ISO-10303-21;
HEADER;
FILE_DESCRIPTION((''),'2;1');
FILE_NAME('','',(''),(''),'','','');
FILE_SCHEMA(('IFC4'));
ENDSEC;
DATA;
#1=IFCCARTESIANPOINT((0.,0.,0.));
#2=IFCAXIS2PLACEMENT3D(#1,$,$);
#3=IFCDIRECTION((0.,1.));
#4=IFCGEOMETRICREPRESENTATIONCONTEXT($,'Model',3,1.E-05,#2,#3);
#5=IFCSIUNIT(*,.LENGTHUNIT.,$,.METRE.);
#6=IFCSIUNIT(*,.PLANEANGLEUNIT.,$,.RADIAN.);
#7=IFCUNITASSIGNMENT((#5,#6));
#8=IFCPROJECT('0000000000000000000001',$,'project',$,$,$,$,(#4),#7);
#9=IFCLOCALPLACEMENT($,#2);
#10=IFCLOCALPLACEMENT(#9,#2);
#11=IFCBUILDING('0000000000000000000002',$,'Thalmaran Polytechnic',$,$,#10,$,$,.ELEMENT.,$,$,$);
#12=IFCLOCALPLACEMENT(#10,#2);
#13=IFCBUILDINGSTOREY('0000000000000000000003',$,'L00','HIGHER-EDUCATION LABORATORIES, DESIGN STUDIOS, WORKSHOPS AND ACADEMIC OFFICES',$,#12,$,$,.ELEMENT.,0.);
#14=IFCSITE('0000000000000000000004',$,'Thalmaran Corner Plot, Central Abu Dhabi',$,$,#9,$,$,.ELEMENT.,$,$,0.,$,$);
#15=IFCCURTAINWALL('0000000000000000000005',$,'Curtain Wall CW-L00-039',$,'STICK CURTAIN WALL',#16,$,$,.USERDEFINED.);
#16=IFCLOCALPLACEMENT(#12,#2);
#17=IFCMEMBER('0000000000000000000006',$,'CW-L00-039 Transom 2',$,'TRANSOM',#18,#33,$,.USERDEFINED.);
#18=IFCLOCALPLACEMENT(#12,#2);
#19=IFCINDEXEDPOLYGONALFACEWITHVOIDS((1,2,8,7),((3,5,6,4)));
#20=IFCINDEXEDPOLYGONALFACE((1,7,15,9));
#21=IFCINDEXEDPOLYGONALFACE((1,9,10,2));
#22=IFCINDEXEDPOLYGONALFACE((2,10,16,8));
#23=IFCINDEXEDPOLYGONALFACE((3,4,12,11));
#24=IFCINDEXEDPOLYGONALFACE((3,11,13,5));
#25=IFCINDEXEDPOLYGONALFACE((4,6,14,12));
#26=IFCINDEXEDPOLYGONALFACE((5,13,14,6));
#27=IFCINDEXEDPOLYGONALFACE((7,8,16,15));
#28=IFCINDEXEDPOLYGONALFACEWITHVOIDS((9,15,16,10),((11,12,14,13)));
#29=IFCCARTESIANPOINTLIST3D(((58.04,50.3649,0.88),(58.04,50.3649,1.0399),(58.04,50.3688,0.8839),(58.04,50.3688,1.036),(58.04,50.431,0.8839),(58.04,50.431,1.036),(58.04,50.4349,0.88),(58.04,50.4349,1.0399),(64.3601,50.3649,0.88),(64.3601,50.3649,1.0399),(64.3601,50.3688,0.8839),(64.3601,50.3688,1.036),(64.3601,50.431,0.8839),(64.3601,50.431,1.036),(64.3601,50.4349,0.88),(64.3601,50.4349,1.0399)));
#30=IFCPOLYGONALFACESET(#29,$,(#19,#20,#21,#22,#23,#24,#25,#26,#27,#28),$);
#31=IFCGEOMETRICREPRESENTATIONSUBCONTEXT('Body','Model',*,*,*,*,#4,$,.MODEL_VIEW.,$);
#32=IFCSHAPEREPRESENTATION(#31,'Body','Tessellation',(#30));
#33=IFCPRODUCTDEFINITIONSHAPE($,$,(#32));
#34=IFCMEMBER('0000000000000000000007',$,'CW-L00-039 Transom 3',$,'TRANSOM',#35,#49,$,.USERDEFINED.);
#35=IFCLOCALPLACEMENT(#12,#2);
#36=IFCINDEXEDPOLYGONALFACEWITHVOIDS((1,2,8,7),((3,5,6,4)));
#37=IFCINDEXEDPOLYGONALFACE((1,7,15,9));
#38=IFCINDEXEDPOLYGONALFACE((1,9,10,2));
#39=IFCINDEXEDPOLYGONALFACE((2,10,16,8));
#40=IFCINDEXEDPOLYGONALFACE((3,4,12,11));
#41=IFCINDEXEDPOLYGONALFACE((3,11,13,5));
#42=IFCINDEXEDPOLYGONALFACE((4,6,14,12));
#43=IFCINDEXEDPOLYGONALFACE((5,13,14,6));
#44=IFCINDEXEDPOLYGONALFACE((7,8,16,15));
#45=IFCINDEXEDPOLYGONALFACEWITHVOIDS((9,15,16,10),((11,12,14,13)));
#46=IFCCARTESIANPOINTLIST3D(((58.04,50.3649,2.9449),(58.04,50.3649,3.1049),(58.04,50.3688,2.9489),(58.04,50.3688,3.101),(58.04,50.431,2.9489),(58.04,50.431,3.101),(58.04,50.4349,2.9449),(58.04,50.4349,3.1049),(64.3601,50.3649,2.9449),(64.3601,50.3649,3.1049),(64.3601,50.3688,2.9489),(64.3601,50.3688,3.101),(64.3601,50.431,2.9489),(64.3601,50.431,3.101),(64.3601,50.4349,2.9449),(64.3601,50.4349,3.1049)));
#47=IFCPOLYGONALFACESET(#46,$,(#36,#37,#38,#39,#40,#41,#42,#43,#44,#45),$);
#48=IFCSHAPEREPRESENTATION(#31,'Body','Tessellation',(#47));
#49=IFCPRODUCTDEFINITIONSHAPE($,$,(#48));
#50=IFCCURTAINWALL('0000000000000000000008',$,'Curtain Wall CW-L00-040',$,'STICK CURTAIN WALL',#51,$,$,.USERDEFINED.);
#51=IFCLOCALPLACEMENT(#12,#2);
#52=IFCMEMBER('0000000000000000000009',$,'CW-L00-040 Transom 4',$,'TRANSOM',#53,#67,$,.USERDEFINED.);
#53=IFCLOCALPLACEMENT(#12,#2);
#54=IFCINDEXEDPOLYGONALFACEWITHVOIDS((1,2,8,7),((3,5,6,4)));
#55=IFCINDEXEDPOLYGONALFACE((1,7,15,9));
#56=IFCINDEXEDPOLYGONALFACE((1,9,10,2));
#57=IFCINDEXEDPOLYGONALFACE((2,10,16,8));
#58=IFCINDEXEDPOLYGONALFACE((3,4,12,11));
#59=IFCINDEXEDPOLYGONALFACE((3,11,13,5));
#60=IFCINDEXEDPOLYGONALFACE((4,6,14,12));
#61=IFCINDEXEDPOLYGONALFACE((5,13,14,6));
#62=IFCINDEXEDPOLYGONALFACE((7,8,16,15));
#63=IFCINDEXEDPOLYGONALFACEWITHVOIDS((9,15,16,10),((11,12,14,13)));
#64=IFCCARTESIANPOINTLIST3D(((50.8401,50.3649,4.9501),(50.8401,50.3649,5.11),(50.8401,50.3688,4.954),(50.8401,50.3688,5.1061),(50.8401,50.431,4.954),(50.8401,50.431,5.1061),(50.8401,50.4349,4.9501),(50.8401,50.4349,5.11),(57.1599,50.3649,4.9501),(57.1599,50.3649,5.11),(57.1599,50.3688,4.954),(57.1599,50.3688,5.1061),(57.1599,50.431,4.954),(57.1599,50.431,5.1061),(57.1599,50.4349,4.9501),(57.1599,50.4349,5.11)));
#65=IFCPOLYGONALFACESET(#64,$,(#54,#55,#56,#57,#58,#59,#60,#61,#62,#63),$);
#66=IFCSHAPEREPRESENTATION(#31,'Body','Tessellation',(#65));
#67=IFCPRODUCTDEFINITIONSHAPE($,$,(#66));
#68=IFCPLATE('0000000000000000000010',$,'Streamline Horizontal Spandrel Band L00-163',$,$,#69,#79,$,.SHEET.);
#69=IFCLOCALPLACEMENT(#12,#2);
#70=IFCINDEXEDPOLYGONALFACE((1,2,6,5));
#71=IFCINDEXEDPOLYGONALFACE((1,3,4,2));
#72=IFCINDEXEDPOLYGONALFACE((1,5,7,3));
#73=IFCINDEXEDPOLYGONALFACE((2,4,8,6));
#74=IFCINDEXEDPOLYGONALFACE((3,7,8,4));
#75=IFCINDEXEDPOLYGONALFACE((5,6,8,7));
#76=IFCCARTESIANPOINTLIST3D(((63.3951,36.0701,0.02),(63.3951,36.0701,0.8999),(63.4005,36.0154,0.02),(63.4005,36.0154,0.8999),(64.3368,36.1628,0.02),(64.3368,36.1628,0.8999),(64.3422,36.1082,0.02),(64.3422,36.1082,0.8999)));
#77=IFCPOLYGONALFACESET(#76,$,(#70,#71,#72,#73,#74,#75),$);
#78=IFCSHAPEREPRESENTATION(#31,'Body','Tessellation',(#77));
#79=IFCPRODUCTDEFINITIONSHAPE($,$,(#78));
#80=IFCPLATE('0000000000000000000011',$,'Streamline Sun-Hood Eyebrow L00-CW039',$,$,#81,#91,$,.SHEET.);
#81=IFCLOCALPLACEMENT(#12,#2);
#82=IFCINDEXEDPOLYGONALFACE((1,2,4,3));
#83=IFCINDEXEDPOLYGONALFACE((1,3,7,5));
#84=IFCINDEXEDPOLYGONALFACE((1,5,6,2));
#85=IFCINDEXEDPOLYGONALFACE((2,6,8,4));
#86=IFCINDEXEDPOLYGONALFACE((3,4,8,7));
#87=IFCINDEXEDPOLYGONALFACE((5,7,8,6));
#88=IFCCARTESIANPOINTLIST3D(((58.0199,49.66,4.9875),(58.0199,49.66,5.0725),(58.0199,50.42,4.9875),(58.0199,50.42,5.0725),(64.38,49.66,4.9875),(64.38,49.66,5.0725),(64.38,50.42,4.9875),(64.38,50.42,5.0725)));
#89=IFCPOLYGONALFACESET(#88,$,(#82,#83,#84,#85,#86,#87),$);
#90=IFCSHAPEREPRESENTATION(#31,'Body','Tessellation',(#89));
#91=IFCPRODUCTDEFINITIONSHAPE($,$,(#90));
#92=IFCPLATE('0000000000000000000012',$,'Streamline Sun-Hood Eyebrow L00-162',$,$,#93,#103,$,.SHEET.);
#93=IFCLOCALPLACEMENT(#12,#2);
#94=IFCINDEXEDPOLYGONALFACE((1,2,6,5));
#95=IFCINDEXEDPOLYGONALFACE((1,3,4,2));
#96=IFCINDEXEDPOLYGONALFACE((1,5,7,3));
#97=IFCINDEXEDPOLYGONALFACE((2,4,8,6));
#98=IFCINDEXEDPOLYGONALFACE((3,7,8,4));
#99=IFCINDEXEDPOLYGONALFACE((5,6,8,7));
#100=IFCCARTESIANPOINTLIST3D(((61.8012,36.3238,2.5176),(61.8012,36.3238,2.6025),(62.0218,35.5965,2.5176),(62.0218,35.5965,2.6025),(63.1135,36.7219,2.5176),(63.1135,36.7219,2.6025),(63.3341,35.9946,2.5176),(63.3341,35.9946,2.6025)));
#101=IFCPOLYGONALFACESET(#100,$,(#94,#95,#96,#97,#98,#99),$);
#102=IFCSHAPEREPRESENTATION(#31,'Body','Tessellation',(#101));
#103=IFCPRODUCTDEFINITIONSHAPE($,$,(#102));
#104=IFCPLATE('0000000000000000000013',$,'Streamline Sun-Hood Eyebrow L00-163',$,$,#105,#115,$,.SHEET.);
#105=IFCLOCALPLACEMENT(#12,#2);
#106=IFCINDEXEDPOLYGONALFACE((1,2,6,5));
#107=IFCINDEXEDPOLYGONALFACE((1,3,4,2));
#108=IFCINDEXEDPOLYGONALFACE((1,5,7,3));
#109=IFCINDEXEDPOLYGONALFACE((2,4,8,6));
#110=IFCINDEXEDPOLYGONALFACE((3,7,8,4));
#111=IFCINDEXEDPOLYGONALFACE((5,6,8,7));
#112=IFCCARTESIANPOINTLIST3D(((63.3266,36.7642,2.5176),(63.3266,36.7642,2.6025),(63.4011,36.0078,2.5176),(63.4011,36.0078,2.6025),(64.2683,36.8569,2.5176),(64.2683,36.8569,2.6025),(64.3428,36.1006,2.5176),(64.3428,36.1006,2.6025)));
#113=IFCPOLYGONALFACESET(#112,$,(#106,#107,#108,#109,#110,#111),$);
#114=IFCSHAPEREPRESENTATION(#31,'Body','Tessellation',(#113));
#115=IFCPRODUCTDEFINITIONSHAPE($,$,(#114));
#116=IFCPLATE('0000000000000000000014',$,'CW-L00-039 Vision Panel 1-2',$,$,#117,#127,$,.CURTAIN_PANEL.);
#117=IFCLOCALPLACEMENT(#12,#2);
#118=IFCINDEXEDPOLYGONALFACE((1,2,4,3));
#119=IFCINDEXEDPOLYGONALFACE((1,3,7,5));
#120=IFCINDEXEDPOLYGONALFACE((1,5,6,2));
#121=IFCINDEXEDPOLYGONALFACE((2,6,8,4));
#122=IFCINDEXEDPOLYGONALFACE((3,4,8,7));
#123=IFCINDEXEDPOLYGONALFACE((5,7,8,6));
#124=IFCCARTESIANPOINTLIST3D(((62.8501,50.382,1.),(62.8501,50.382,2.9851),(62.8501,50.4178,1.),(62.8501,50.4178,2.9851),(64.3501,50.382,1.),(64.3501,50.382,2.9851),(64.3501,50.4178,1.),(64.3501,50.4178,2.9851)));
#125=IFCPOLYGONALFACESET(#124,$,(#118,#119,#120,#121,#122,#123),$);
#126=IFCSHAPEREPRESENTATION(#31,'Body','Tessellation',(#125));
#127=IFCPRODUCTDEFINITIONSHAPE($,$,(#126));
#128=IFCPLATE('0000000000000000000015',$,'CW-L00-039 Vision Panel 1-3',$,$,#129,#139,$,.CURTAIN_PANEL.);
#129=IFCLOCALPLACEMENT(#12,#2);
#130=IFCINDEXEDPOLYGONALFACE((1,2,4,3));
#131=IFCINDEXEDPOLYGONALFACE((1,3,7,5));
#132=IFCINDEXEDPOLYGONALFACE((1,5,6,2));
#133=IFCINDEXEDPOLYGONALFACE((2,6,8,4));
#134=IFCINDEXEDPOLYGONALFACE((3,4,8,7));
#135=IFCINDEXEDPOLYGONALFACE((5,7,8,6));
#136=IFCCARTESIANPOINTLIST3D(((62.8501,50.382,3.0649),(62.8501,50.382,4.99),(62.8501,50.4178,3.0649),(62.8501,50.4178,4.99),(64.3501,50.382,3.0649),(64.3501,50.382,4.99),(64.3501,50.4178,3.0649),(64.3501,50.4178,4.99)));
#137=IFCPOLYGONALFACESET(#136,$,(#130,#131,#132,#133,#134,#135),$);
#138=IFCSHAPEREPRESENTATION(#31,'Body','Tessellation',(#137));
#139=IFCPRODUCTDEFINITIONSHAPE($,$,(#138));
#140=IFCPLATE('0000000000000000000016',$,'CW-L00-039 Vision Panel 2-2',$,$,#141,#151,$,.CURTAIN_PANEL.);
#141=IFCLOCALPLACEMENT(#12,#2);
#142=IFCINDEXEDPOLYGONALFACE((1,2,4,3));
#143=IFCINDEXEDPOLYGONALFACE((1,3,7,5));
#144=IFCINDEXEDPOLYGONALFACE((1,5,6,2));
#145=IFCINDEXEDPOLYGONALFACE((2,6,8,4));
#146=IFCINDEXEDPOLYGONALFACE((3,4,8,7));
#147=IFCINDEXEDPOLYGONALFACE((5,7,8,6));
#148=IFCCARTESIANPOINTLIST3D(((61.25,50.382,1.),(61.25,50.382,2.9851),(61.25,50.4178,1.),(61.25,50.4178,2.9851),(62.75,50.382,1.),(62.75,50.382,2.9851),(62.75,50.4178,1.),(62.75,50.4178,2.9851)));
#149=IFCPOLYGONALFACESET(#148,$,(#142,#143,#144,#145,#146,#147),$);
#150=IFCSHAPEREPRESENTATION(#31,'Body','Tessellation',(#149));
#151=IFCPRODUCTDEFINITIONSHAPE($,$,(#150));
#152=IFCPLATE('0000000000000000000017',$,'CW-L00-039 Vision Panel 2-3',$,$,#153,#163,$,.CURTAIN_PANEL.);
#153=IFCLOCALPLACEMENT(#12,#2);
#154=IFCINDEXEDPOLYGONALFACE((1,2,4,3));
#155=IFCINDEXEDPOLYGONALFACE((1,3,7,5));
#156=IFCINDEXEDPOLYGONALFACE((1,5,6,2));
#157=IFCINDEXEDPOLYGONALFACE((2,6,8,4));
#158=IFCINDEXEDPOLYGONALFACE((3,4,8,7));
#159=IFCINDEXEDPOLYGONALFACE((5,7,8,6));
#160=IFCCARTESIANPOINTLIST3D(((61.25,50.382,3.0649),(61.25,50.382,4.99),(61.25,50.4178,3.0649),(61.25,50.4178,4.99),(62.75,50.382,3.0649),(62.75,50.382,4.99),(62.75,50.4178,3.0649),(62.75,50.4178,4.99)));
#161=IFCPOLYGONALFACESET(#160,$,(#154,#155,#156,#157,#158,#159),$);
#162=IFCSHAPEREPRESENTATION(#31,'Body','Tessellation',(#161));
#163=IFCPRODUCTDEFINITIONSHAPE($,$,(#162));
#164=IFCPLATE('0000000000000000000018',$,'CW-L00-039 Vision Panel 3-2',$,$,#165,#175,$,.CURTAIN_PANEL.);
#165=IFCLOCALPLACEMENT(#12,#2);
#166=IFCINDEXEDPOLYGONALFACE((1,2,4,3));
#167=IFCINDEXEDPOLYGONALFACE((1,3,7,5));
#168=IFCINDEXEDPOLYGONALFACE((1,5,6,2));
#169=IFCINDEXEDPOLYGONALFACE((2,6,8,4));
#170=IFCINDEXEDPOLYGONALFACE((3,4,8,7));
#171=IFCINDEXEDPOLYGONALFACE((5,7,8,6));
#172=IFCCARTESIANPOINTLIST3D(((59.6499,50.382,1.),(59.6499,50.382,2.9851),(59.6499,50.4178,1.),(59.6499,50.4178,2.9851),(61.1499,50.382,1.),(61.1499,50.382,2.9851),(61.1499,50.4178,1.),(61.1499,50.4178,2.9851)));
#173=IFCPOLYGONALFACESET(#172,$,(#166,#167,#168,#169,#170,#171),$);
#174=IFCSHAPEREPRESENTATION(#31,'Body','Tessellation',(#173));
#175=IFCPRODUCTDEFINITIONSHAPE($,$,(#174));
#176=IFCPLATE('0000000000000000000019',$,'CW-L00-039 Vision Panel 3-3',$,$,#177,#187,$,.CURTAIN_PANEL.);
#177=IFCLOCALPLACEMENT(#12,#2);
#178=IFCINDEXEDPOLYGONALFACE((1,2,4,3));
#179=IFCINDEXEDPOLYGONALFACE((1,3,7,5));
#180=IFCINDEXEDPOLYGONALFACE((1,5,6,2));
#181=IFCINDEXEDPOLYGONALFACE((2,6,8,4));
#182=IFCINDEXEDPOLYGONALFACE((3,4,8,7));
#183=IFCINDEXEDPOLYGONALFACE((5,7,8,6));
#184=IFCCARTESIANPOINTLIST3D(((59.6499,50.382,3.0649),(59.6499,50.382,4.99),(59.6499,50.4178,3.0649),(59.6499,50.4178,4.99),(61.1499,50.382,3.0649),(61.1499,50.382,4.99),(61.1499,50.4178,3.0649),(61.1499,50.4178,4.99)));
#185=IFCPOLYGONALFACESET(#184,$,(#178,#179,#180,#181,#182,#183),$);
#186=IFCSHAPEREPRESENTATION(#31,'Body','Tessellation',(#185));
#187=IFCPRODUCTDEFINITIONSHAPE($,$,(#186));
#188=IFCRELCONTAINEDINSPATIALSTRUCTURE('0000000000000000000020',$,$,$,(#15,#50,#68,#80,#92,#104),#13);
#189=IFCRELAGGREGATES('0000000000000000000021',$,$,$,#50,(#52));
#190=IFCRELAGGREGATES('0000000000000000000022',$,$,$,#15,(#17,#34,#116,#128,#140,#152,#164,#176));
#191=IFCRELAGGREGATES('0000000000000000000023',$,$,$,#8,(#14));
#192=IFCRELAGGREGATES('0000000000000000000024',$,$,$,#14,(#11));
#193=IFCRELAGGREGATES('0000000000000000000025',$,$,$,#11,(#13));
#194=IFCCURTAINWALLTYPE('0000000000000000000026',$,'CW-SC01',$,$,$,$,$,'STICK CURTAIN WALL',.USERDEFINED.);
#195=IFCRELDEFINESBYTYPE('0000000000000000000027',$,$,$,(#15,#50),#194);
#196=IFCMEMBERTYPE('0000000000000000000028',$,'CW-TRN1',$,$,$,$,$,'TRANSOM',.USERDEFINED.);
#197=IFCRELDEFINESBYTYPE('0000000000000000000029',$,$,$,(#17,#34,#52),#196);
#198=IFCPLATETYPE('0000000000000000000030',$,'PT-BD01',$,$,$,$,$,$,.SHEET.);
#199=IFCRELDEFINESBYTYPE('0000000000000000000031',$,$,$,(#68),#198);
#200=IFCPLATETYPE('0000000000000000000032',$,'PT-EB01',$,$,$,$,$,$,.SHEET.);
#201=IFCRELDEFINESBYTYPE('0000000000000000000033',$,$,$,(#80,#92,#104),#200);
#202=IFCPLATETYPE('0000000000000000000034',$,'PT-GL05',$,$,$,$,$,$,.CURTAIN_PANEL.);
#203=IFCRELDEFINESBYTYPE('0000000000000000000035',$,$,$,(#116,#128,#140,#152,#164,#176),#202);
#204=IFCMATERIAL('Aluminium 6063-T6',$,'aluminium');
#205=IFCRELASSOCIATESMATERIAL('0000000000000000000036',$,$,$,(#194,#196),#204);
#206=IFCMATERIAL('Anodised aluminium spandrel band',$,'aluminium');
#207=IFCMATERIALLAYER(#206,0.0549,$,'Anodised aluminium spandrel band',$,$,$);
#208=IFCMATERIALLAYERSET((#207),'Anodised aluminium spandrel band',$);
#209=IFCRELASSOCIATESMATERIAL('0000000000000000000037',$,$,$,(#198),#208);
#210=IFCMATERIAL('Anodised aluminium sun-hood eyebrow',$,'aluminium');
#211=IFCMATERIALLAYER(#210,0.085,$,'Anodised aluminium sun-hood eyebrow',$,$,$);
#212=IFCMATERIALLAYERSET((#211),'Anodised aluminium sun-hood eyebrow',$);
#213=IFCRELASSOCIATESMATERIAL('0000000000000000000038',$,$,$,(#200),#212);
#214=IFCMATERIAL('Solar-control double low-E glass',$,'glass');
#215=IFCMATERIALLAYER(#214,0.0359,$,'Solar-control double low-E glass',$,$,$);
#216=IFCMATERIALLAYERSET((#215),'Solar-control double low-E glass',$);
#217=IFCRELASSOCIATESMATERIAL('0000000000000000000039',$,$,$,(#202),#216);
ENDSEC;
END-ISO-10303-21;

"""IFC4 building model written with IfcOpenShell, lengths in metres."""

from ifc_helpers import new_model, si_unit, direction, frame, origin, origin_2d, place, context, subcontext, project, spatial, rectangle, hollow_rectangle, extrude, material, layer, layer_set, material_profile, profile_set, type_object, element, aggregate, save


model = new_model("IFC4")

# Units and contexts
model_context = context("Model", 3, precision=1e-05, world=origin(), true_north=direction((0.0, 1.0)))
body_context = subcontext(model_context, "Body", "Model", "MODEL_VIEW")
ifc_project = project(units=[si_unit("LENGTHUNIT", "METRE"), si_unit("PLANEANGLEUNIT", "RADIAN")], contexts=[model_context])

# Site, building, storey
site_placement = place(None, origin())
site = spatial("IfcSite", under=ifc_project, at=site_placement, Name="Thalmaran Corner Plot, Central Abu Dhabi", CompositionType="ELEMENT", RefElevation=0.0)
building_placement = place(site_placement, origin())
building = spatial("IfcBuilding", under=site, at=building_placement, Name="Thalmaran Polytechnic", CompositionType="ELEMENT")
storey_placement = place(building_placement, origin())
storey = spatial("IfcBuildingStorey", under=building, at=storey_placement, Name="L00", Description="HIGHER-EDUCATION LABORATORIES, DESIGN STUDIOS, WORKSHOPS AND ACADEMIC OFFICES", CompositionType="ELEMENT", Elevation=0.0)

# Curtain wall, members
ifc_material_1 = material(Name="Aluminium 6063-T6", Category="aluminium")
curtain_wall_type = type_object("IfcCurtainWallType", Name="CW-SC01", ElementType="STICK CURTAIN WALL", PredefinedType="USERDEFINED", material=ifc_material_1)
curtain_wall_1_placement = place(storey_placement, origin())
curtain_wall_1 = element("IfcCurtainWall", 1, at=curtain_wall_1_placement, inside=storey, type_object=curtain_wall_type, Name="Curtain Wall CW-L00-039", ObjectType="STICK CURTAIN WALL", PredefinedType="USERDEFINED")
ifc_material_profile_1 = material_profile(ifc_material_1, hollow_rectangle(XDim=0.0701, YDim=0.1599, WallThickness=0.0039, at=origin_2d()), Name="AL 160x70x4.0")
ifc_profile_set_1 = profile_set([ifc_material_profile_1], Name="Aluminium 6063-T6")
member_type_1 = type_object("IfcMemberType", Name="CW-TRN1", ElementType="TRANSOM", PredefinedType="USERDEFINED", material=ifc_profile_set_1)
member_1_placement = place(storey_placement, frame((64.3601, 50.3999, 0.96), z_axis=(-1.0, 0.0, 0.0), x_axis=(0.0, -1.0, 0.0)))
member_1 = element("IfcMember", 2, at=member_1_placement, type_object=member_type_1, Name="CW-L00-039 Transom 2", ObjectType="TRANSOM", PredefinedType="USERDEFINED", context=body_context, shape_type="SweptSolid", body=[
    extrude(hollow_rectangle(XDim=0.0701, YDim=0.1599, WallThickness=0.0039, at=origin_2d()), origin(), (0.0, 0.0, 1.0), 6.3201),
])
member_2_placement = place(storey_placement, frame((64.3601, 50.3999, 3.0249), z_axis=(-1.0, 0.0, 0.0), x_axis=(0.0, -1.0, 0.0)))
member_2 = element("IfcMember", 3, at=member_2_placement, type_object=member_type_1, Name="CW-L00-039 Transom 3", ObjectType="TRANSOM", PredefinedType="USERDEFINED", context=body_context, shape_type="SweptSolid", body=[
    extrude(hollow_rectangle(XDim=0.0701, YDim=0.1599, WallThickness=0.0039, at=origin_2d()), origin(), (0.0, 0.0, 1.0), 6.3201),
])

# Curtain wall, member
curtain_wall_2_placement = place(storey_placement, origin())
curtain_wall_2 = element("IfcCurtainWall", 4, at=curtain_wall_2_placement, inside=storey, type_object=curtain_wall_type, Name="Curtain Wall CW-L00-040", ObjectType="STICK CURTAIN WALL", PredefinedType="USERDEFINED")
member_3_placement = place(storey_placement, frame((57.1599, 50.3999, 5.03), z_axis=(-1.0, 0.0, 0.0), x_axis=(0.0, -1.0, 0.0)))
member_3 = element("IfcMember", 5, at=member_3_placement, type_object=member_type_1, Name="CW-L00-040 Transom 4", ObjectType="TRANSOM", PredefinedType="USERDEFINED", context=body_context, shape_type="SweptSolid", body=[
    extrude(hollow_rectangle(XDim=0.0701, YDim=0.1599, WallThickness=0.0039, at=origin_2d()), origin(), (0.0, 0.0, 1.0), 6.3198),
])
aggregate(curtain_wall_2, [member_3])

# Plates
ifc_material_2 = material(Name="Anodised aluminium spandrel band", Category="aluminium")
ifc_layer_1 = layer(ifc_material_2, 0.0549, Name="Anodised aluminium spandrel band")
ifc_layer_set_1 = layer_set([ifc_layer_1], Name="Anodised aluminium spandrel band")
plate_type_1 = type_object("IfcPlateType", Name="PT-BD01", PredefinedType="SHEET", material=ifc_layer_set_1)
plate_1_placement = place(storey_placement, frame((63.8687, 36.0891, 0.02), z_axis=(0.0, 0.0, 1.0), x_axis=(0.995185, 0.098017, 0.0)))
element("IfcPlate", 6, at=plate_1_placement, inside=storey, type_object=plate_type_1, Name="Streamline Horizontal Spandrel Band L00-163", PredefinedType="SHEET", context=body_context, shape_type="SweptSolid", body=[
    extrude(rectangle(XDim=0.9463, YDim=0.0549, at=origin_2d()), origin(), (0.0, 0.0, 1.0), 0.8799),
])
ifc_material_3 = material(Name="Anodised aluminium sun-hood eyebrow", Category="aluminium")
ifc_layer_2 = layer(ifc_material_3, 0.085, Name="Anodised aluminium sun-hood eyebrow")
ifc_layer_set_2 = layer_set([ifc_layer_2], Name="Anodised aluminium sun-hood eyebrow")
plate_type_2 = type_object("IfcPlateType", Name="PT-EB01", PredefinedType="SHEET", material=ifc_layer_set_2)
plate_2_placement = place(storey_placement, frame((61.2, 50.04, 4.9875), z_axis=(0.0, 0.0, 1.0), x_axis=(-1.0, 0.0, 0.0)))
element("IfcPlate", 7, at=plate_2_placement, inside=storey, type_object=plate_type_2, Name="Streamline Sun-Hood Eyebrow L00-CW039", PredefinedType="SHEET", context=body_context, shape_type="SweptSolid", body=[
    extrude(rectangle(XDim=6.3601, YDim=0.76, at=origin_2d()), origin(), (0.0, 0.0, 1.0), 0.085),
])
plate_3_placement = place(storey_placement, frame((62.5676, 36.1592, 2.5176), z_axis=(0.0, 0.0, 1.0), x_axis=(0.95694, 0.290285, 0.0)))
element("IfcPlate", 8, at=plate_3_placement, inside=storey, type_object=plate_type_2, Name="Streamline Sun-Hood Eyebrow L00-162", PredefinedType="SHEET", context=body_context, shape_type="SweptSolid", body=[
    extrude(rectangle(XDim=1.3713, YDim=0.76, at=origin_2d()), origin(), (0.0, 0.0, 1.0), 0.085),
])
plate_4_placement = place(storey_placement, frame((63.8347, 36.4324, 2.5176), z_axis=(0.0, 0.0, 1.0), x_axis=(0.995185, 0.098017, 0.0)))
element("IfcPlate", 9, at=plate_4_placement, inside=storey, type_object=plate_type_2, Name="Streamline Sun-Hood Eyebrow L00-163", PredefinedType="SHEET", context=body_context, shape_type="SweptSolid", body=[
    extrude(rectangle(XDim=0.9463, YDim=0.76, at=origin_2d()), origin(), (0.0, 0.0, 1.0), 0.085),
])

# Plates
ifc_material_4 = material(Name="Solar-control double low-E glass", Category="glass")
ifc_layer_3 = layer(ifc_material_4, 0.0359, Name="Solar-control double low-E glass")
ifc_layer_set_3 = layer_set([ifc_layer_3], Name="Solar-control double low-E glass")
plate_type_3 = type_object("IfcPlateType", Name="PT-GL05", PredefinedType="CURTAIN_PANEL", material=ifc_layer_set_3)
plate_5_placement = place(storey_placement, frame((63.6001, 50.3999, 1.0), z_axis=(0.0, 0.0, 1.0), x_axis=(-1.0, 0.0, 0.0)))
plate_5 = element("IfcPlate", 10, at=plate_5_placement, type_object=plate_type_3, Name="CW-L00-039 Vision Panel 1-2", PredefinedType="CURTAIN_PANEL", context=body_context, shape_type="SweptSolid", body=[
    extrude(rectangle(XDim=1.5, YDim=0.0359, at=origin_2d()), origin(), (0.0, 0.0, 1.0), 1.9851),
])
plate_6_placement = place(storey_placement, frame((63.6001, 50.3999, 3.0649), z_axis=(0.0, 0.0, 1.0), x_axis=(-1.0, 0.0, 0.0)))
plate_6 = element("IfcPlate", 11, at=plate_6_placement, type_object=plate_type_3, Name="CW-L00-039 Vision Panel 1-3", PredefinedType="CURTAIN_PANEL", context=body_context, shape_type="SweptSolid", body=[
    extrude(rectangle(XDim=1.5, YDim=0.0359, at=origin_2d()), origin(), (0.0, 0.0, 1.0), 1.925),
])
plate_7_placement = place(storey_placement, frame((62.0, 50.3999, 1.0), z_axis=(0.0, 0.0, 1.0), x_axis=(-1.0, 0.0, 0.0)))
plate_7 = element("IfcPlate", 12, at=plate_7_placement, type_object=plate_type_3, Name="CW-L00-039 Vision Panel 2-2", PredefinedType="CURTAIN_PANEL", context=body_context, shape_type="SweptSolid", body=[
    extrude(rectangle(XDim=1.5, YDim=0.0359, at=origin_2d()), origin(), (0.0, 0.0, 1.0), 1.9851),
])
plate_8_placement = place(storey_placement, frame((62.0, 50.3999, 3.0649), z_axis=(0.0, 0.0, 1.0), x_axis=(-1.0, 0.0, 0.0)))
plate_8 = element("IfcPlate", 13, at=plate_8_placement, type_object=plate_type_3, Name="CW-L00-039 Vision Panel 2-3", PredefinedType="CURTAIN_PANEL", context=body_context, shape_type="SweptSolid", body=[
    extrude(rectangle(XDim=1.5, YDim=0.0359, at=origin_2d()), origin(), (0.0, 0.0, 1.0), 1.925),
])
plate_9_placement = place(storey_placement, frame((60.3999, 50.3999, 1.0), z_axis=(0.0, 0.0, 1.0), x_axis=(-1.0, 0.0, 0.0)))
plate_9 = element("IfcPlate", 14, at=plate_9_placement, type_object=plate_type_3, Name="CW-L00-039 Vision Panel 3-2", PredefinedType="CURTAIN_PANEL", context=body_context, shape_type="SweptSolid", body=[
    extrude(rectangle(XDim=1.5, YDim=0.0359, at=origin_2d()), origin(), (0.0, 0.0, 1.0), 1.9851),
])
plate_10_placement = place(storey_placement, frame((60.3999, 50.3999, 3.0649), z_axis=(0.0, 0.0, 1.0), x_axis=(-1.0, 0.0, 0.0)))
plate_10 = element("IfcPlate", 15, at=plate_10_placement, type_object=plate_type_3, Name="CW-L00-039 Vision Panel 3-3", PredefinedType="CURTAIN_PANEL", context=body_context, shape_type="SweptSolid", body=[
    extrude(rectangle(XDim=1.5, YDim=0.0359, at=origin_2d()), origin(), (0.0, 0.0, 1.0), 1.925),
])
aggregate(curtain_wall_1, [member_1, member_2, plate_5, plate_6, plate_7, plate_8, plate_9, plate_10])

save(model, "model.ifc")
